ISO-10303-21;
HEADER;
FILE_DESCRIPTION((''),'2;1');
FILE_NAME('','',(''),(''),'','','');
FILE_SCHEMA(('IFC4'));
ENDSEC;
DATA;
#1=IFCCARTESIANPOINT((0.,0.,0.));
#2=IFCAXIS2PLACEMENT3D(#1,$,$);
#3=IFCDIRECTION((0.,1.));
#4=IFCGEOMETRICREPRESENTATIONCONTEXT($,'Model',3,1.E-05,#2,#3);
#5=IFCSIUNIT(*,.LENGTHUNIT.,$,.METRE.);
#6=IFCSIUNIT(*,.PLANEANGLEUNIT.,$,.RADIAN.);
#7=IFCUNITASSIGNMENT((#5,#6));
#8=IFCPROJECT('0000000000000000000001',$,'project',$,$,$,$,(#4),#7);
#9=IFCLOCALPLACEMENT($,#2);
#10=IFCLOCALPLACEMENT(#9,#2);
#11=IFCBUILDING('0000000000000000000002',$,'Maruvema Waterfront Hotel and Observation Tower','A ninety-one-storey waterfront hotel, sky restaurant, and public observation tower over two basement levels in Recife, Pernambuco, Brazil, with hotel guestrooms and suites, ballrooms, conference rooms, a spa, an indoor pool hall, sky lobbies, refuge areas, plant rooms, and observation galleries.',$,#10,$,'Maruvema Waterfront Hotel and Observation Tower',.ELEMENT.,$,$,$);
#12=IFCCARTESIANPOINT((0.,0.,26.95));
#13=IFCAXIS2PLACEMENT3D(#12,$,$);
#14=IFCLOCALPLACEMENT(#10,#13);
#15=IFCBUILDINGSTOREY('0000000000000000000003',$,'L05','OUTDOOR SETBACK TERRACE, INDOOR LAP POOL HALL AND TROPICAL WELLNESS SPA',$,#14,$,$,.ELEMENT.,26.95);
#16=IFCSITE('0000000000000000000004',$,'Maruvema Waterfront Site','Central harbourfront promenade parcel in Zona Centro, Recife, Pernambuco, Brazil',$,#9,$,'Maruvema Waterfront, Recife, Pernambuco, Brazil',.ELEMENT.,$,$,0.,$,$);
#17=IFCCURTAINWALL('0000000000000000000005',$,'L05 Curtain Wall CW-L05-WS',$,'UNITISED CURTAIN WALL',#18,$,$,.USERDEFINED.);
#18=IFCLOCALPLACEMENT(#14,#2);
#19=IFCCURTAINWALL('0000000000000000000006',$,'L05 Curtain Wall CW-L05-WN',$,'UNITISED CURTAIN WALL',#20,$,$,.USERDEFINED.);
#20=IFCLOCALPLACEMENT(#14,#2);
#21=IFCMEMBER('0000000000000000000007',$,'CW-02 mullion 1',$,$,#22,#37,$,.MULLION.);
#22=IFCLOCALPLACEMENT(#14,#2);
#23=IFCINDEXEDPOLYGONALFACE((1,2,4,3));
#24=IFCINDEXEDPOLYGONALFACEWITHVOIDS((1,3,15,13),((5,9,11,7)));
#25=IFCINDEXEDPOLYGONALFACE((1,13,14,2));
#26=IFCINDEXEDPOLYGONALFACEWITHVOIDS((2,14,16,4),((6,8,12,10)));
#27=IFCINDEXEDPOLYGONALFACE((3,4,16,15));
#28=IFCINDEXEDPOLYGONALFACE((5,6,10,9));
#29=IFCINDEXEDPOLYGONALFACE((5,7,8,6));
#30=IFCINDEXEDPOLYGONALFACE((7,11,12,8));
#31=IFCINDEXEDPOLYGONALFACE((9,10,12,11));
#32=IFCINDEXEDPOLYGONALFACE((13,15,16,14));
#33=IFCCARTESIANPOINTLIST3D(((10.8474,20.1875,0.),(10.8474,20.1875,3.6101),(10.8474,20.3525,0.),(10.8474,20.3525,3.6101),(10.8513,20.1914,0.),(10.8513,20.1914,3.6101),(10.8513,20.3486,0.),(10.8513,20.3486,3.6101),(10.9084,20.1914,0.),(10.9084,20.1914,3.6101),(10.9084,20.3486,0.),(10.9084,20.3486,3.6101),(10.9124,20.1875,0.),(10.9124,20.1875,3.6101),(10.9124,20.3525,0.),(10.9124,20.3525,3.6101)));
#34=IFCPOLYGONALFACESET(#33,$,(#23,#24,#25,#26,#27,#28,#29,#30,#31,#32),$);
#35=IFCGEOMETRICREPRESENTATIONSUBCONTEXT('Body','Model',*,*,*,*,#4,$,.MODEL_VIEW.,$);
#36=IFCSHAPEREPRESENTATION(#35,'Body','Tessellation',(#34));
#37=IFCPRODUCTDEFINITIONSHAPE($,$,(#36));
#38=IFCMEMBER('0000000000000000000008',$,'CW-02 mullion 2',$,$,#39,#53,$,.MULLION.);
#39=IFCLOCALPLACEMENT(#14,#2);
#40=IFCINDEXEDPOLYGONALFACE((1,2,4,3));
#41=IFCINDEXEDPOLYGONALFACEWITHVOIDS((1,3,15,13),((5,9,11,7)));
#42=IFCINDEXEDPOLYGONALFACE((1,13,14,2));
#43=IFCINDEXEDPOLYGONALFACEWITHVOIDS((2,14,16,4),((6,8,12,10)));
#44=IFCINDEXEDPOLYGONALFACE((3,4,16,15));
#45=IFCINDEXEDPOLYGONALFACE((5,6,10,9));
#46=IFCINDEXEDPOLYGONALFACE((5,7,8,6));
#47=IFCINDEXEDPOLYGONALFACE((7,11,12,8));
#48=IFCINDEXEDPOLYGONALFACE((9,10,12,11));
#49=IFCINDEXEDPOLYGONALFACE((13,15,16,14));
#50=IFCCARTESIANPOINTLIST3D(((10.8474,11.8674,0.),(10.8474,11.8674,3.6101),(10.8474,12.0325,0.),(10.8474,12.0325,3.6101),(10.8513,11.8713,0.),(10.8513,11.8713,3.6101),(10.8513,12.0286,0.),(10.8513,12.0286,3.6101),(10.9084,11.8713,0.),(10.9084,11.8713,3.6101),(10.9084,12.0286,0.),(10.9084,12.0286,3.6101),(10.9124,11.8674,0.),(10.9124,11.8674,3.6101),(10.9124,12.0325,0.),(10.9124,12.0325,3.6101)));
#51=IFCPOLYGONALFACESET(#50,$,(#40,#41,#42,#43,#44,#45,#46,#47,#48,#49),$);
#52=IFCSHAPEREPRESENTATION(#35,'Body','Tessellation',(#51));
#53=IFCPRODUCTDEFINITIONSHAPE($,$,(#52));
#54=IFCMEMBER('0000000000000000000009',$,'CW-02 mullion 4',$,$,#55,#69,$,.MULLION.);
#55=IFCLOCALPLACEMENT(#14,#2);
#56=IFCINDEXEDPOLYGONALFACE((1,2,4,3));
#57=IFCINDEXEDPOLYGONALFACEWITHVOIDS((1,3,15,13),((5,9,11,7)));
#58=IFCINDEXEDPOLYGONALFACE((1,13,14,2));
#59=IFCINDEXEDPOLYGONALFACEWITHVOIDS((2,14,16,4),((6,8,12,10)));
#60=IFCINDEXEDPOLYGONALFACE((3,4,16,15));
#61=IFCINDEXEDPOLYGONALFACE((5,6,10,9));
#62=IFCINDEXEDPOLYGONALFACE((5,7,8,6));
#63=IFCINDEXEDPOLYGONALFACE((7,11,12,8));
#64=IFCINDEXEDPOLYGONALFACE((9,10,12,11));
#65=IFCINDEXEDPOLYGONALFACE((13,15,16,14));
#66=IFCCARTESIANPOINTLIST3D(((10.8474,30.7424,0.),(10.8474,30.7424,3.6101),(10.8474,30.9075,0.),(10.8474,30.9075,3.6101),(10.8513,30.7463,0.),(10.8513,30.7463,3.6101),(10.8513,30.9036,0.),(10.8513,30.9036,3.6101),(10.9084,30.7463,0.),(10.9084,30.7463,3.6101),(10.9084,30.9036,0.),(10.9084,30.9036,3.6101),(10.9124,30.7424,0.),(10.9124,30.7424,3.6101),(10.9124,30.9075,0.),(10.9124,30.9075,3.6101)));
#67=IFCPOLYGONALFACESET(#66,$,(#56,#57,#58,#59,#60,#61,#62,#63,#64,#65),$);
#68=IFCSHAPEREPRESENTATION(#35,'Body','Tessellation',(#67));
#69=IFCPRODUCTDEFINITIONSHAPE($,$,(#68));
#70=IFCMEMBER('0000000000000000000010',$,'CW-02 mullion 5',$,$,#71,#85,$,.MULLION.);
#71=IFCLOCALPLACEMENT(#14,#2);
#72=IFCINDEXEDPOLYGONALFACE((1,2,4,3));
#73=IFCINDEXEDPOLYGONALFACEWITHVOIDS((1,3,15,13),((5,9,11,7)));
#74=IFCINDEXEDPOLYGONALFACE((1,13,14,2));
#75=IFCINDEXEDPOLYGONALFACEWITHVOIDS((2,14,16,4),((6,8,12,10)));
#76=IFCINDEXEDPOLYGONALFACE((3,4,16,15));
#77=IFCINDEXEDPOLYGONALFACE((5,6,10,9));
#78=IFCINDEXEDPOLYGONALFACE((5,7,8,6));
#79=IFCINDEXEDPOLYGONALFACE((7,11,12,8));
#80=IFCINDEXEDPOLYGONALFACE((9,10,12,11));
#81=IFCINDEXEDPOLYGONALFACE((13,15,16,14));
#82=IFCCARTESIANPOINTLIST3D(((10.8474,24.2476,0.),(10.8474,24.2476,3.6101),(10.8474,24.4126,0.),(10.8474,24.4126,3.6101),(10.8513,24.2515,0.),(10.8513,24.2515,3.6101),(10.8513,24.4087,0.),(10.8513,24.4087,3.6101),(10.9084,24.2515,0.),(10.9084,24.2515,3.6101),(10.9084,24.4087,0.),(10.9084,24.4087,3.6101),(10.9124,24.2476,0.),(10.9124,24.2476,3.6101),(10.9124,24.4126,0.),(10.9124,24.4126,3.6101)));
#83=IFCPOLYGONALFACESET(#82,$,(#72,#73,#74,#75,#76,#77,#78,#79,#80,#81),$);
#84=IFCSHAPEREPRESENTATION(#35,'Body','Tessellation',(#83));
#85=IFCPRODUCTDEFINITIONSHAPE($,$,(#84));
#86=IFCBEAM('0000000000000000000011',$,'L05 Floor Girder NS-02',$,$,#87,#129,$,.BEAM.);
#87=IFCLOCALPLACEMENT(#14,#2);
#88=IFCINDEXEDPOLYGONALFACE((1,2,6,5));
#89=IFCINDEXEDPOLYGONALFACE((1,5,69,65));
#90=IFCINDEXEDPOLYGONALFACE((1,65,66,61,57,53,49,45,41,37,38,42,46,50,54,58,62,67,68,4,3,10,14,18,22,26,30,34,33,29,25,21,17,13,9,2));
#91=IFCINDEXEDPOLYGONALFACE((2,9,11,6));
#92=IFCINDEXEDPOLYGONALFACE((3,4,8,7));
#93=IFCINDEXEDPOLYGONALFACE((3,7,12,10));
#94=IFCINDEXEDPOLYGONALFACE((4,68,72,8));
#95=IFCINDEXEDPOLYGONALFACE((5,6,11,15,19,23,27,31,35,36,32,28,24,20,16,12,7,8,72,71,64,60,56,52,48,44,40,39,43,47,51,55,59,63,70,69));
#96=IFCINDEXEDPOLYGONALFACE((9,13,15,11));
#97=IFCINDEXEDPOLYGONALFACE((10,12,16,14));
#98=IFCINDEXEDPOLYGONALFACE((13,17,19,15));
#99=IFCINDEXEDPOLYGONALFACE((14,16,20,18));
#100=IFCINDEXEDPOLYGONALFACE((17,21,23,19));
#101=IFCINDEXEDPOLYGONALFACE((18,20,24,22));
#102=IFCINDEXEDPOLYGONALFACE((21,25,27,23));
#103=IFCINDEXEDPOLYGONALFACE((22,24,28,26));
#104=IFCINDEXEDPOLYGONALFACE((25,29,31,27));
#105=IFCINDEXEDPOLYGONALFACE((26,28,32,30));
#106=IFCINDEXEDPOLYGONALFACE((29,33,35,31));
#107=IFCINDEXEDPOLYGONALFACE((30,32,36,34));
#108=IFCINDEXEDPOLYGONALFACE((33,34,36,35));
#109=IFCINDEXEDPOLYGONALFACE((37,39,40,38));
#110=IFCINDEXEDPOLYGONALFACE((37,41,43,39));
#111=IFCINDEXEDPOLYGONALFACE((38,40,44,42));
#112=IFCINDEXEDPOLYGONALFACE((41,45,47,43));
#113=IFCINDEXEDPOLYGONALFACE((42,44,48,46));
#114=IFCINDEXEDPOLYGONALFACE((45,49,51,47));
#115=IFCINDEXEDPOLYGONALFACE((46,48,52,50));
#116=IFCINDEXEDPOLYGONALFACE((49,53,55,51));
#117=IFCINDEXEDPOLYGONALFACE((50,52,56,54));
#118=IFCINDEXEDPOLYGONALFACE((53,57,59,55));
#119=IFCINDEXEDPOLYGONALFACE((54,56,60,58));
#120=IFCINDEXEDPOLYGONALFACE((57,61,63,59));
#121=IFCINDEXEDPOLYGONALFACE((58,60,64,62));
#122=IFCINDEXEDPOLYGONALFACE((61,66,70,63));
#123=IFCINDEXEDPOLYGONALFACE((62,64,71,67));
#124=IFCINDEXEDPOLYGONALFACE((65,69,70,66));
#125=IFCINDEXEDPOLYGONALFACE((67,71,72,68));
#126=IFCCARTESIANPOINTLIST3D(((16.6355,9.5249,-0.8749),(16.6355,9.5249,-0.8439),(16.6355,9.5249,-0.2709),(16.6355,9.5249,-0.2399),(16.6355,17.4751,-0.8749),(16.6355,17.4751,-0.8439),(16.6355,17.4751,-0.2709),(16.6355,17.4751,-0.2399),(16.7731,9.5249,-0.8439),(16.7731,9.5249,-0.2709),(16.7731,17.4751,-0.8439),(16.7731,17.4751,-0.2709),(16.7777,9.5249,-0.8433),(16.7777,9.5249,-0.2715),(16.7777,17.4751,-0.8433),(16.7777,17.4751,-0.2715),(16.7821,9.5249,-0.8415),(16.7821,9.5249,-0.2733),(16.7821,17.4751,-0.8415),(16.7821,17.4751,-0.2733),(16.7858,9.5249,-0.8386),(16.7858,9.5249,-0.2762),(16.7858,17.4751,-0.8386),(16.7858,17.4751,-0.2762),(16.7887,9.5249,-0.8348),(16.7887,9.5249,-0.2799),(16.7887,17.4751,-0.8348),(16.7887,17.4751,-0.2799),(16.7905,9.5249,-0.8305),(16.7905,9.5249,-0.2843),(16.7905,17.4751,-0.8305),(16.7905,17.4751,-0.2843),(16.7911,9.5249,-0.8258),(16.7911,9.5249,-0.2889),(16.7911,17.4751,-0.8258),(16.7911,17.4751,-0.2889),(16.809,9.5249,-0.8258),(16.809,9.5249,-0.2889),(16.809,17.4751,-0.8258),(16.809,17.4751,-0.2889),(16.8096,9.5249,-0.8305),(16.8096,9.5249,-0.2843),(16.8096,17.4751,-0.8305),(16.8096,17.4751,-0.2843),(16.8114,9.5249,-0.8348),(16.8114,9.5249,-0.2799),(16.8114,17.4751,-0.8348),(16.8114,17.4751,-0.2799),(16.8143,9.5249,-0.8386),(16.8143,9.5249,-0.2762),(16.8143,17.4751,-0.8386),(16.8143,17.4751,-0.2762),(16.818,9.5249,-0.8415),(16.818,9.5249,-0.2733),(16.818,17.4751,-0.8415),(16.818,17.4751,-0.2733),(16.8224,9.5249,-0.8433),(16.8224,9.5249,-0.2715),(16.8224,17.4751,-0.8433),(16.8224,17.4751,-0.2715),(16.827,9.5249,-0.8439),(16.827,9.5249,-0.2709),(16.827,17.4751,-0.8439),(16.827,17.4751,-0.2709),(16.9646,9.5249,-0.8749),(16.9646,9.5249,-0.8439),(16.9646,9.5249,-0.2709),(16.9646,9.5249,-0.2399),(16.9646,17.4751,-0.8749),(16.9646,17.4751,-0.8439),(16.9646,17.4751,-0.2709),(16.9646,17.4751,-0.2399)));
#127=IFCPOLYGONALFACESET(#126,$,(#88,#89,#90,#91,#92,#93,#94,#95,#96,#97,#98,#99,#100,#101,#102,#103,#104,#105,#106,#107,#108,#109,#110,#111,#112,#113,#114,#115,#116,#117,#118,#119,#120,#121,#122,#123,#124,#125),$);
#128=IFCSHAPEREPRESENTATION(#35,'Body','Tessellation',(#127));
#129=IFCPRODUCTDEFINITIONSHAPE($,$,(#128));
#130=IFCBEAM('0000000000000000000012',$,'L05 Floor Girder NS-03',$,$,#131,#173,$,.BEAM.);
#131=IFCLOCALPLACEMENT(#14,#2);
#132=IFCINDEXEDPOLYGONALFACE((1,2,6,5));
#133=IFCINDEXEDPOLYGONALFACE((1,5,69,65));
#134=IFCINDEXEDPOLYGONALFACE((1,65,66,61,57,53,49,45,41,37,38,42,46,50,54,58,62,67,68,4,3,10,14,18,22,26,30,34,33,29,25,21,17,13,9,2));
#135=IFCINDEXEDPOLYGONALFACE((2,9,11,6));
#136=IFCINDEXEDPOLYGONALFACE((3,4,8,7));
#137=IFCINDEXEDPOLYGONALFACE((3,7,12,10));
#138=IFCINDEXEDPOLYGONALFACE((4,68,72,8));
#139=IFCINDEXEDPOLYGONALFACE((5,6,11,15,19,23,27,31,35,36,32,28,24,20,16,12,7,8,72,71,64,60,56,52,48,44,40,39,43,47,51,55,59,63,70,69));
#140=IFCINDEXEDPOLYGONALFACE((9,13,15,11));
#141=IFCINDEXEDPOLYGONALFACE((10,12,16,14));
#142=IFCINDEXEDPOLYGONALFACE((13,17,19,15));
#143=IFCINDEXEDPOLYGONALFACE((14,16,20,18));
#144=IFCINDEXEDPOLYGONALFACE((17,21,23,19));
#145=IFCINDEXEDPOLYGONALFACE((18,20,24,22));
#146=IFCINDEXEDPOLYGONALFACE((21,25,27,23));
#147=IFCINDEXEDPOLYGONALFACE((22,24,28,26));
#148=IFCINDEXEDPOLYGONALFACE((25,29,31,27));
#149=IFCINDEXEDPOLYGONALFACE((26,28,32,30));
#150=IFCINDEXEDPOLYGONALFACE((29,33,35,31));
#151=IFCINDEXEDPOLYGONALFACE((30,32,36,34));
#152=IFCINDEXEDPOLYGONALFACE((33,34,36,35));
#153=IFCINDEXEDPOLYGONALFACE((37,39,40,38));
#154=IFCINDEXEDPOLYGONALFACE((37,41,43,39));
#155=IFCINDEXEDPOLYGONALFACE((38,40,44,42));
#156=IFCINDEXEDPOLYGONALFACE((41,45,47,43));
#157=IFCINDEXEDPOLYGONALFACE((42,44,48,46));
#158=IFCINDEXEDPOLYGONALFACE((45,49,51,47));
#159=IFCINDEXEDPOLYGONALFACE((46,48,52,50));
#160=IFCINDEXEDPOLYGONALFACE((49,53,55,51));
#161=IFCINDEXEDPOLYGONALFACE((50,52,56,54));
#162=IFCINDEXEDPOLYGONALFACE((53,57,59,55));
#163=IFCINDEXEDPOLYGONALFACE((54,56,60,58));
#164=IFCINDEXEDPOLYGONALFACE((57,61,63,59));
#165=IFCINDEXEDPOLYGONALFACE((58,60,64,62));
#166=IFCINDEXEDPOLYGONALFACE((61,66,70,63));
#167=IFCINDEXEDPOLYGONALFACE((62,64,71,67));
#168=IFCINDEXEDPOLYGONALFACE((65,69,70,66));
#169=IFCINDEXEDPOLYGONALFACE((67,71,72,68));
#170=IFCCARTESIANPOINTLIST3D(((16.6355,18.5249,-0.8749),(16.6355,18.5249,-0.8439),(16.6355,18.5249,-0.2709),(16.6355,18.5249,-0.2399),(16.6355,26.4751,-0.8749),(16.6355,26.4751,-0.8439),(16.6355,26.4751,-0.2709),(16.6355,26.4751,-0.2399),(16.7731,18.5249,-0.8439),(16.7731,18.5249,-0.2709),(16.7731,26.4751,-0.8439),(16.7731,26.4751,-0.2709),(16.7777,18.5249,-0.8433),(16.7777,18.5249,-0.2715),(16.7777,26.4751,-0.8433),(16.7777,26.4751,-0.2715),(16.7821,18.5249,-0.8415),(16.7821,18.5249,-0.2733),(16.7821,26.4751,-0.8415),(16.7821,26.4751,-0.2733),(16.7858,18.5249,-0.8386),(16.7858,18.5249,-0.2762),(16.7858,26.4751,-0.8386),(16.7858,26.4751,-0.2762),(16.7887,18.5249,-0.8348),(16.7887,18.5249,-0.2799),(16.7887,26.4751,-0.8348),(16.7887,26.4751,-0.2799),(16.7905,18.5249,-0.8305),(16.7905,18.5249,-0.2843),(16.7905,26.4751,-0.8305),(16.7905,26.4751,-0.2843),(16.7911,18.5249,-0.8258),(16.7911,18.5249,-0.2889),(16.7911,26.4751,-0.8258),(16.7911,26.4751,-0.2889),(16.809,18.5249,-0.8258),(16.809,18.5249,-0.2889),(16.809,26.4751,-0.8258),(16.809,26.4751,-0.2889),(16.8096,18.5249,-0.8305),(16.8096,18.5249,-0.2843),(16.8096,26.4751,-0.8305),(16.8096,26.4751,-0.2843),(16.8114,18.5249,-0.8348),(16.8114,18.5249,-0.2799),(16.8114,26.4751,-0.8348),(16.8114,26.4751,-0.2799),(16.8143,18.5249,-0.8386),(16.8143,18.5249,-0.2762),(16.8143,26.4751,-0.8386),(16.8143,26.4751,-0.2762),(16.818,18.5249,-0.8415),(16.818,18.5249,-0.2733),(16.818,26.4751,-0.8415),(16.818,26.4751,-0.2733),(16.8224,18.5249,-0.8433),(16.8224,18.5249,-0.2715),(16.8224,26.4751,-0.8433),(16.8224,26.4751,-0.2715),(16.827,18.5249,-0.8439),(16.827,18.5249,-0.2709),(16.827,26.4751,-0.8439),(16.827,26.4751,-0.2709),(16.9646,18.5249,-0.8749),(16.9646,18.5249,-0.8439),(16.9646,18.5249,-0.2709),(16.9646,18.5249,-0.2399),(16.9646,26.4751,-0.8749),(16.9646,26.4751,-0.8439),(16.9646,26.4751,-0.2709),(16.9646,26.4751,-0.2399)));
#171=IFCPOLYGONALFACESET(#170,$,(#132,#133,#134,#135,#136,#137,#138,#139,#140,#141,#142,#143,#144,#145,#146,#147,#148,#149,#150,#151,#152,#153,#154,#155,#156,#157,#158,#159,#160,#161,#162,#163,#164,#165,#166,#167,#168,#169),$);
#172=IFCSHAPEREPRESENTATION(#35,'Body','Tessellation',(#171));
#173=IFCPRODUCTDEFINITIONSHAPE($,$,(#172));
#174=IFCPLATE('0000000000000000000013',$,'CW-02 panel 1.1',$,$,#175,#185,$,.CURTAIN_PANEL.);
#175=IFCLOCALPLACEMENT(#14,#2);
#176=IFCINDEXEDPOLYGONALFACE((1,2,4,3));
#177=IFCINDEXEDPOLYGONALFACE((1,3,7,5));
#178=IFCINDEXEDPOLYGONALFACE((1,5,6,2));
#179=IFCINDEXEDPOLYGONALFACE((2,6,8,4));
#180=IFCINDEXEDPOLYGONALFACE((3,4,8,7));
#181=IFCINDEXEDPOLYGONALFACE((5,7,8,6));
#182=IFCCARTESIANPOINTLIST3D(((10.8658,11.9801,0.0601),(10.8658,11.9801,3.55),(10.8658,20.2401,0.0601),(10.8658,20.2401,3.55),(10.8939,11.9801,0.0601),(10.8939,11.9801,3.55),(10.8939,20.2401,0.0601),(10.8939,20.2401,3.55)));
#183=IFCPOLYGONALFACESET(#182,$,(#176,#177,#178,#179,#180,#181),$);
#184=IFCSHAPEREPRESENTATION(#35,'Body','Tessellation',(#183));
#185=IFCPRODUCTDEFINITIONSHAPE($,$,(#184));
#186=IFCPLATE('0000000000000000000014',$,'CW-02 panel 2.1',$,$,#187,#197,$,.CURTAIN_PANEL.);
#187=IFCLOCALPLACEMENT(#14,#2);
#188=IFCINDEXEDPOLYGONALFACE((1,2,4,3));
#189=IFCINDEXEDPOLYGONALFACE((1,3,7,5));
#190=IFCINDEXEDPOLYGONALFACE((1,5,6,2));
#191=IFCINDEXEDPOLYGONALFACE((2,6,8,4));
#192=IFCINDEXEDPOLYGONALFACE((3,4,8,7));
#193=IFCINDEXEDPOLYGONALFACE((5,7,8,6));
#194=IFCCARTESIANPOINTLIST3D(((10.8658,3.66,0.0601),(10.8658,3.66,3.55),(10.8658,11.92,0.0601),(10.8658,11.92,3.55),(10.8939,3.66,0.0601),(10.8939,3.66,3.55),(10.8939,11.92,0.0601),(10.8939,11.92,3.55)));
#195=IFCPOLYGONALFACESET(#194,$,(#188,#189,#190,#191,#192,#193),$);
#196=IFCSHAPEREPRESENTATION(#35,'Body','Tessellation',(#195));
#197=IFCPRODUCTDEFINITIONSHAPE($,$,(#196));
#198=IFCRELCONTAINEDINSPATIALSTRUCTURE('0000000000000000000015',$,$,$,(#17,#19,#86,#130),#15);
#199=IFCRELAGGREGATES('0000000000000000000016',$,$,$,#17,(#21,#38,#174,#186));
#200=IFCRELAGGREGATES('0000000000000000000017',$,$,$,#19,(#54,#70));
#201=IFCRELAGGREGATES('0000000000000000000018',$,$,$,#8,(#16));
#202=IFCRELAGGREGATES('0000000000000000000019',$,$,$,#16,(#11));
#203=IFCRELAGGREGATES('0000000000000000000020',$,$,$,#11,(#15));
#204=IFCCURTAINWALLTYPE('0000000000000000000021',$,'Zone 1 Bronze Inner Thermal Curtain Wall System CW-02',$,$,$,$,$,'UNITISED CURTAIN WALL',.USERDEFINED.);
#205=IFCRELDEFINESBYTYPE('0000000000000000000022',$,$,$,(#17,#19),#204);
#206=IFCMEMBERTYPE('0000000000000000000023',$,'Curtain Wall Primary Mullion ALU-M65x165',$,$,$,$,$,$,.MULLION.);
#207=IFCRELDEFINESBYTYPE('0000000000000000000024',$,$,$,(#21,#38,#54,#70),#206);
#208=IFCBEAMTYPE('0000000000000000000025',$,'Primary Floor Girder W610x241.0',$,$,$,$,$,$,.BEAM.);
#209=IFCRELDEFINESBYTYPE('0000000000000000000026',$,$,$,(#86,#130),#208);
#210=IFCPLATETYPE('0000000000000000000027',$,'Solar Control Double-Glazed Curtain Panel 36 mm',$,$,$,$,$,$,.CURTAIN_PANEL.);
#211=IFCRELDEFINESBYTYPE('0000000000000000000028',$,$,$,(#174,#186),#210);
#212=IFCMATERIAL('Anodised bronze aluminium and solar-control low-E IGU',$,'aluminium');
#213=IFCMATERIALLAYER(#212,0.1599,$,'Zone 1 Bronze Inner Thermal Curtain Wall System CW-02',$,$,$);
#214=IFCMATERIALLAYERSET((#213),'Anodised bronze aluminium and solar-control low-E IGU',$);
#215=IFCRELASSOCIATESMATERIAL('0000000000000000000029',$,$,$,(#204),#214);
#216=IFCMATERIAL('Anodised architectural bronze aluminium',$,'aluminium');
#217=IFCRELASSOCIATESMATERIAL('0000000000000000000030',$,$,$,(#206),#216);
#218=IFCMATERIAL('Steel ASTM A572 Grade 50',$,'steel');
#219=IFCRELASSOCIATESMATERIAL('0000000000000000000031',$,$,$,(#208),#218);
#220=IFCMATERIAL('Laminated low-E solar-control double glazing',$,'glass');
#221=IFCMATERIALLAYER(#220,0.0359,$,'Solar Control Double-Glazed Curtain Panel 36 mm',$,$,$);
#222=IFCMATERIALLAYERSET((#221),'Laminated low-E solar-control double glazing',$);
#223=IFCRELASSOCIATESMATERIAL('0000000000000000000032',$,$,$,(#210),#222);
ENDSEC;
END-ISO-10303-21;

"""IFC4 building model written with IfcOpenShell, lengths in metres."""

from ifc_helpers import new_model, si_unit, direction, frame, origin, origin_2d, place, context, subcontext, project, spatial, rectangle, hollow_rectangle, i_section, extrude, material, layer, layer_set, material_profile, profile_set, type_object, element, aggregate, save


model = new_model("IFC4")

# Units and contexts
model_context = context("Model", 3, precision=1e-05, world=origin(), true_north=direction((0.0, 1.0)))
body_context = subcontext(model_context, "Body", "Model", "MODEL_VIEW")
ifc_project = project(units=[si_unit("LENGTHUNIT", "METRE"), si_unit("PLANEANGLEUNIT", "RADIAN")], contexts=[model_context])

# Site, building, storey
site_placement = place(None, origin())
site = spatial("IfcSite", under=ifc_project, at=site_placement, Name="Maruvema Waterfront Site", Description="Central harbourfront promenade parcel in Zona Centro, Recife, Pernambuco, Brazil", LongName="Maruvema Waterfront, Recife, Pernambuco, Brazil", CompositionType="ELEMENT", RefElevation=0.0)
building_placement = place(site_placement, origin())
building = spatial("IfcBuilding", under=site, at=building_placement, Name="Maruvema Waterfront Hotel and Observation Tower", Description="A ninety-one-storey waterfront hotel, sky restaurant, and public observation tower over two basement levels in Recife, Pernambuco, Brazil, with hotel guestrooms and suites, ballrooms, conference rooms, a spa, an indoor pool hall, sky lobbies, refuge areas, plant rooms, and observation galleries.", LongName="Maruvema Waterfront Hotel and Observation Tower", CompositionType="ELEMENT")
storey_placement = place(building_placement, frame((0.0, 0.0, 26.95)))
storey = spatial("IfcBuildingStorey", under=building, at=storey_placement, Name="L05", Description="OUTDOOR SETBACK TERRACE, INDOOR LAP POOL HALL AND TROPICAL WELLNESS SPA", CompositionType="ELEMENT", Elevation=26.95)

# Curtain walls
ifc_material_1 = material(Name="Anodised bronze aluminium and solar-control low-E IGU", Category="aluminium")
ifc_layer_1 = layer(ifc_material_1, 0.1599, Name="Zone 1 Bronze Inner Thermal Curtain Wall System CW-02")
ifc_layer_set_1 = layer_set([ifc_layer_1], Name="Anodised bronze aluminium and solar-control low-E IGU")
curtain_wall_type = type_object("IfcCurtainWallType", Name="Zone 1 Bronze Inner Thermal Curtain Wall System CW-02", ElementType="UNITISED CURTAIN WALL", PredefinedType="USERDEFINED", material=ifc_layer_set_1)
curtain_wall_1_placement = place(storey_placement, origin())
curtain_wall_1 = element("IfcCurtainWall", 1, at=curtain_wall_1_placement, inside=storey, type_object=curtain_wall_type, Name="L05 Curtain Wall CW-L05-WS", ObjectType="UNITISED CURTAIN WALL", PredefinedType="USERDEFINED")
curtain_wall_2_placement = place(storey_placement, origin())
curtain_wall_2 = element("IfcCurtainWall", 2, at=curtain_wall_2_placement, inside=storey, type_object=curtain_wall_type, Name="L05 Curtain Wall CW-L05-WN", ObjectType="UNITISED CURTAIN WALL", PredefinedType="USERDEFINED")

# Members
ifc_material_2 = material(Name="Anodised architectural bronze aluminium", Category="aluminium")
ifc_material_profile_1 = material_profile(ifc_material_2, hollow_rectangle(XDim=0.0649, YDim=0.165, WallThickness=0.0039, at=origin_2d()), Name="ALU-M65x165")
ifc_profile_set_1 = profile_set([ifc_material_profile_1], Name="Anodised architectural bronze aluminium")
member_type_1 = type_object("IfcMemberType", Name="Curtain Wall Primary Mullion ALU-M65x165", PredefinedType="MULLION", material=ifc_profile_set_1)
member_1_placement = place(storey_placement, frame((10.8799, 20.27, 0.0), z_axis=(0.0, 0.0, 1.0), x_axis=(1.0, 0.0, 0.0)))
member_1 = element("IfcMember", 3, at=member_1_placement, type_object=member_type_1, Name="CW-02 mullion 1", PredefinedType="MULLION", context=body_context, shape_type="SweptSolid", body=[
    extrude(hollow_rectangle(XDim=0.0649, YDim=0.165, WallThickness=0.0039, at=origin_2d()), origin(), (0.0, 0.0, 1.0), 3.6101),
])
member_2_placement = place(storey_placement, frame((10.8799, 11.95, 0.0), z_axis=(0.0, 0.0, 1.0), x_axis=(1.0, 0.0, 0.0)))
member_2 = element("IfcMember", 4, at=member_2_placement, type_object=member_type_1, Name="CW-02 mullion 2", PredefinedType="MULLION", context=body_context, shape_type="SweptSolid", body=[
    extrude(hollow_rectangle(XDim=0.0649, YDim=0.165, WallThickness=0.0039, at=origin_2d()), origin(), (0.0, 0.0, 1.0), 3.6101),
])
member_3_placement = place(storey_placement, frame((10.8799, 30.825, 0.0), z_axis=(0.0, 0.0, 1.0), x_axis=(1.0, 0.0, 0.0)))
member_3 = element("IfcMember", 5, at=member_3_placement, type_object=member_type_1, Name="CW-02 mullion 4", PredefinedType="MULLION", context=body_context, shape_type="SweptSolid", body=[
    extrude(hollow_rectangle(XDim=0.0649, YDim=0.165, WallThickness=0.0039, at=origin_2d()), origin(), (0.0, 0.0, 1.0), 3.6101),
])
member_4_placement = place(storey_placement, frame((10.8799, 24.3301, 0.0), z_axis=(0.0, 0.0, 1.0), x_axis=(1.0, 0.0, 0.0)))
member_4 = element("IfcMember", 6, at=member_4_placement, type_object=member_type_1, Name="CW-02 mullion 5", PredefinedType="MULLION", context=body_context, shape_type="SweptSolid", body=[
    extrude(hollow_rectangle(XDim=0.0649, YDim=0.165, WallThickness=0.0039, at=origin_2d()), origin(), (0.0, 0.0, 1.0), 3.6101),
])

# Beams
ifc_material_3 = material(Name="Steel ASTM A572 Grade 50", Category="steel")
ifc_material_profile_2 = material_profile(ifc_material_3, i_section(OverallWidth=0.3291, OverallDepth=0.635, WebThickness=0.0178, FlangeThickness=0.031, FilletRadius=0.0181, at=origin_2d()), Name="W610x241.0")
ifc_profile_set_2 = profile_set([ifc_material_profile_2], Name="Steel ASTM A572 Grade 50")
beam_type = type_object("IfcBeamType", Name="Primary Floor Girder W610x241.0", PredefinedType="BEAM", material=ifc_profile_set_2)
for number, where, z_axis, x_axis, name in (
    (7, (16.8, 9.5249, -0.5574), (0.0, 1.0, 0.0), (-1.0, 0.0, 0.0), "L05 Floor Girder NS-02"),
    (8, (16.8, 18.5249, -0.5574), (0.0, 1.0, 0.0), (-1.0, 0.0, 0.0), "L05 Floor Girder NS-03"),
):
    element("IfcBeam", number, at=place(storey_placement, frame(where, z_axis=z_axis, x_axis=x_axis)), inside=storey, type_object=beam_type, Name=name, PredefinedType="BEAM", context=body_context, shape_type="SweptSolid", body=[
        extrude(i_section(OverallWidth=0.3291, OverallDepth=0.635, WebThickness=0.0178, FlangeThickness=0.031, FilletRadius=0.0181, at=origin_2d()), origin(), (0.0, 0.0, 1.0), 7.9502),
    ])

# Plates
ifc_material_4 = material(Name="Laminated low-E solar-control double glazing", Category="glass")
ifc_layer_2 = layer(ifc_material_4, 0.0359, Name="Solar Control Double-Glazed Curtain Panel 36 mm")
ifc_layer_set_2 = layer_set([ifc_layer_2], Name="Laminated low-E solar-control double glazing")
plate_type = type_object("IfcPlateType", Name="Solar Control Double-Glazed Curtain Panel 36 mm", PredefinedType="CURTAIN_PANEL", material=ifc_layer_set_2)
plate_1_placement = place(storey_placement, frame((10.8799, 16.1101, 0.0601), z_axis=(0.0, 0.0, 1.0), x_axis=(0.0, -1.0, 0.0)))
plate_1 = element("IfcPlate", 9, at=plate_1_placement, type_object=plate_type, Name="CW-02 panel 1.1", PredefinedType="CURTAIN_PANEL", context=body_context, shape_type="SweptSolid", body=[
    extrude(rectangle(XDim=8.26, YDim=0.0281, at=origin_2d()), origin(), (0.0, 0.0, 1.0), 3.49),
])
plate_2_placement = place(storey_placement, frame((10.8799, 7.79, 0.0601), z_axis=(0.0, 0.0, 1.0), x_axis=(0.0, -1.0, 0.0)))
plate_2 = element("IfcPlate", 10, at=plate_2_placement, type_object=plate_type, Name="CW-02 panel 2.1", PredefinedType="CURTAIN_PANEL", context=body_context, shape_type="SweptSolid", body=[
    extrude(rectangle(XDim=8.26, YDim=0.0281, at=origin_2d()), origin(), (0.0, 0.0, 1.0), 3.49),
])
aggregate(curtain_wall_1, [member_1, member_2, plate_1, plate_2])
aggregate(curtain_wall_2, [member_3, member_4])

save(model, "model.ifc")
